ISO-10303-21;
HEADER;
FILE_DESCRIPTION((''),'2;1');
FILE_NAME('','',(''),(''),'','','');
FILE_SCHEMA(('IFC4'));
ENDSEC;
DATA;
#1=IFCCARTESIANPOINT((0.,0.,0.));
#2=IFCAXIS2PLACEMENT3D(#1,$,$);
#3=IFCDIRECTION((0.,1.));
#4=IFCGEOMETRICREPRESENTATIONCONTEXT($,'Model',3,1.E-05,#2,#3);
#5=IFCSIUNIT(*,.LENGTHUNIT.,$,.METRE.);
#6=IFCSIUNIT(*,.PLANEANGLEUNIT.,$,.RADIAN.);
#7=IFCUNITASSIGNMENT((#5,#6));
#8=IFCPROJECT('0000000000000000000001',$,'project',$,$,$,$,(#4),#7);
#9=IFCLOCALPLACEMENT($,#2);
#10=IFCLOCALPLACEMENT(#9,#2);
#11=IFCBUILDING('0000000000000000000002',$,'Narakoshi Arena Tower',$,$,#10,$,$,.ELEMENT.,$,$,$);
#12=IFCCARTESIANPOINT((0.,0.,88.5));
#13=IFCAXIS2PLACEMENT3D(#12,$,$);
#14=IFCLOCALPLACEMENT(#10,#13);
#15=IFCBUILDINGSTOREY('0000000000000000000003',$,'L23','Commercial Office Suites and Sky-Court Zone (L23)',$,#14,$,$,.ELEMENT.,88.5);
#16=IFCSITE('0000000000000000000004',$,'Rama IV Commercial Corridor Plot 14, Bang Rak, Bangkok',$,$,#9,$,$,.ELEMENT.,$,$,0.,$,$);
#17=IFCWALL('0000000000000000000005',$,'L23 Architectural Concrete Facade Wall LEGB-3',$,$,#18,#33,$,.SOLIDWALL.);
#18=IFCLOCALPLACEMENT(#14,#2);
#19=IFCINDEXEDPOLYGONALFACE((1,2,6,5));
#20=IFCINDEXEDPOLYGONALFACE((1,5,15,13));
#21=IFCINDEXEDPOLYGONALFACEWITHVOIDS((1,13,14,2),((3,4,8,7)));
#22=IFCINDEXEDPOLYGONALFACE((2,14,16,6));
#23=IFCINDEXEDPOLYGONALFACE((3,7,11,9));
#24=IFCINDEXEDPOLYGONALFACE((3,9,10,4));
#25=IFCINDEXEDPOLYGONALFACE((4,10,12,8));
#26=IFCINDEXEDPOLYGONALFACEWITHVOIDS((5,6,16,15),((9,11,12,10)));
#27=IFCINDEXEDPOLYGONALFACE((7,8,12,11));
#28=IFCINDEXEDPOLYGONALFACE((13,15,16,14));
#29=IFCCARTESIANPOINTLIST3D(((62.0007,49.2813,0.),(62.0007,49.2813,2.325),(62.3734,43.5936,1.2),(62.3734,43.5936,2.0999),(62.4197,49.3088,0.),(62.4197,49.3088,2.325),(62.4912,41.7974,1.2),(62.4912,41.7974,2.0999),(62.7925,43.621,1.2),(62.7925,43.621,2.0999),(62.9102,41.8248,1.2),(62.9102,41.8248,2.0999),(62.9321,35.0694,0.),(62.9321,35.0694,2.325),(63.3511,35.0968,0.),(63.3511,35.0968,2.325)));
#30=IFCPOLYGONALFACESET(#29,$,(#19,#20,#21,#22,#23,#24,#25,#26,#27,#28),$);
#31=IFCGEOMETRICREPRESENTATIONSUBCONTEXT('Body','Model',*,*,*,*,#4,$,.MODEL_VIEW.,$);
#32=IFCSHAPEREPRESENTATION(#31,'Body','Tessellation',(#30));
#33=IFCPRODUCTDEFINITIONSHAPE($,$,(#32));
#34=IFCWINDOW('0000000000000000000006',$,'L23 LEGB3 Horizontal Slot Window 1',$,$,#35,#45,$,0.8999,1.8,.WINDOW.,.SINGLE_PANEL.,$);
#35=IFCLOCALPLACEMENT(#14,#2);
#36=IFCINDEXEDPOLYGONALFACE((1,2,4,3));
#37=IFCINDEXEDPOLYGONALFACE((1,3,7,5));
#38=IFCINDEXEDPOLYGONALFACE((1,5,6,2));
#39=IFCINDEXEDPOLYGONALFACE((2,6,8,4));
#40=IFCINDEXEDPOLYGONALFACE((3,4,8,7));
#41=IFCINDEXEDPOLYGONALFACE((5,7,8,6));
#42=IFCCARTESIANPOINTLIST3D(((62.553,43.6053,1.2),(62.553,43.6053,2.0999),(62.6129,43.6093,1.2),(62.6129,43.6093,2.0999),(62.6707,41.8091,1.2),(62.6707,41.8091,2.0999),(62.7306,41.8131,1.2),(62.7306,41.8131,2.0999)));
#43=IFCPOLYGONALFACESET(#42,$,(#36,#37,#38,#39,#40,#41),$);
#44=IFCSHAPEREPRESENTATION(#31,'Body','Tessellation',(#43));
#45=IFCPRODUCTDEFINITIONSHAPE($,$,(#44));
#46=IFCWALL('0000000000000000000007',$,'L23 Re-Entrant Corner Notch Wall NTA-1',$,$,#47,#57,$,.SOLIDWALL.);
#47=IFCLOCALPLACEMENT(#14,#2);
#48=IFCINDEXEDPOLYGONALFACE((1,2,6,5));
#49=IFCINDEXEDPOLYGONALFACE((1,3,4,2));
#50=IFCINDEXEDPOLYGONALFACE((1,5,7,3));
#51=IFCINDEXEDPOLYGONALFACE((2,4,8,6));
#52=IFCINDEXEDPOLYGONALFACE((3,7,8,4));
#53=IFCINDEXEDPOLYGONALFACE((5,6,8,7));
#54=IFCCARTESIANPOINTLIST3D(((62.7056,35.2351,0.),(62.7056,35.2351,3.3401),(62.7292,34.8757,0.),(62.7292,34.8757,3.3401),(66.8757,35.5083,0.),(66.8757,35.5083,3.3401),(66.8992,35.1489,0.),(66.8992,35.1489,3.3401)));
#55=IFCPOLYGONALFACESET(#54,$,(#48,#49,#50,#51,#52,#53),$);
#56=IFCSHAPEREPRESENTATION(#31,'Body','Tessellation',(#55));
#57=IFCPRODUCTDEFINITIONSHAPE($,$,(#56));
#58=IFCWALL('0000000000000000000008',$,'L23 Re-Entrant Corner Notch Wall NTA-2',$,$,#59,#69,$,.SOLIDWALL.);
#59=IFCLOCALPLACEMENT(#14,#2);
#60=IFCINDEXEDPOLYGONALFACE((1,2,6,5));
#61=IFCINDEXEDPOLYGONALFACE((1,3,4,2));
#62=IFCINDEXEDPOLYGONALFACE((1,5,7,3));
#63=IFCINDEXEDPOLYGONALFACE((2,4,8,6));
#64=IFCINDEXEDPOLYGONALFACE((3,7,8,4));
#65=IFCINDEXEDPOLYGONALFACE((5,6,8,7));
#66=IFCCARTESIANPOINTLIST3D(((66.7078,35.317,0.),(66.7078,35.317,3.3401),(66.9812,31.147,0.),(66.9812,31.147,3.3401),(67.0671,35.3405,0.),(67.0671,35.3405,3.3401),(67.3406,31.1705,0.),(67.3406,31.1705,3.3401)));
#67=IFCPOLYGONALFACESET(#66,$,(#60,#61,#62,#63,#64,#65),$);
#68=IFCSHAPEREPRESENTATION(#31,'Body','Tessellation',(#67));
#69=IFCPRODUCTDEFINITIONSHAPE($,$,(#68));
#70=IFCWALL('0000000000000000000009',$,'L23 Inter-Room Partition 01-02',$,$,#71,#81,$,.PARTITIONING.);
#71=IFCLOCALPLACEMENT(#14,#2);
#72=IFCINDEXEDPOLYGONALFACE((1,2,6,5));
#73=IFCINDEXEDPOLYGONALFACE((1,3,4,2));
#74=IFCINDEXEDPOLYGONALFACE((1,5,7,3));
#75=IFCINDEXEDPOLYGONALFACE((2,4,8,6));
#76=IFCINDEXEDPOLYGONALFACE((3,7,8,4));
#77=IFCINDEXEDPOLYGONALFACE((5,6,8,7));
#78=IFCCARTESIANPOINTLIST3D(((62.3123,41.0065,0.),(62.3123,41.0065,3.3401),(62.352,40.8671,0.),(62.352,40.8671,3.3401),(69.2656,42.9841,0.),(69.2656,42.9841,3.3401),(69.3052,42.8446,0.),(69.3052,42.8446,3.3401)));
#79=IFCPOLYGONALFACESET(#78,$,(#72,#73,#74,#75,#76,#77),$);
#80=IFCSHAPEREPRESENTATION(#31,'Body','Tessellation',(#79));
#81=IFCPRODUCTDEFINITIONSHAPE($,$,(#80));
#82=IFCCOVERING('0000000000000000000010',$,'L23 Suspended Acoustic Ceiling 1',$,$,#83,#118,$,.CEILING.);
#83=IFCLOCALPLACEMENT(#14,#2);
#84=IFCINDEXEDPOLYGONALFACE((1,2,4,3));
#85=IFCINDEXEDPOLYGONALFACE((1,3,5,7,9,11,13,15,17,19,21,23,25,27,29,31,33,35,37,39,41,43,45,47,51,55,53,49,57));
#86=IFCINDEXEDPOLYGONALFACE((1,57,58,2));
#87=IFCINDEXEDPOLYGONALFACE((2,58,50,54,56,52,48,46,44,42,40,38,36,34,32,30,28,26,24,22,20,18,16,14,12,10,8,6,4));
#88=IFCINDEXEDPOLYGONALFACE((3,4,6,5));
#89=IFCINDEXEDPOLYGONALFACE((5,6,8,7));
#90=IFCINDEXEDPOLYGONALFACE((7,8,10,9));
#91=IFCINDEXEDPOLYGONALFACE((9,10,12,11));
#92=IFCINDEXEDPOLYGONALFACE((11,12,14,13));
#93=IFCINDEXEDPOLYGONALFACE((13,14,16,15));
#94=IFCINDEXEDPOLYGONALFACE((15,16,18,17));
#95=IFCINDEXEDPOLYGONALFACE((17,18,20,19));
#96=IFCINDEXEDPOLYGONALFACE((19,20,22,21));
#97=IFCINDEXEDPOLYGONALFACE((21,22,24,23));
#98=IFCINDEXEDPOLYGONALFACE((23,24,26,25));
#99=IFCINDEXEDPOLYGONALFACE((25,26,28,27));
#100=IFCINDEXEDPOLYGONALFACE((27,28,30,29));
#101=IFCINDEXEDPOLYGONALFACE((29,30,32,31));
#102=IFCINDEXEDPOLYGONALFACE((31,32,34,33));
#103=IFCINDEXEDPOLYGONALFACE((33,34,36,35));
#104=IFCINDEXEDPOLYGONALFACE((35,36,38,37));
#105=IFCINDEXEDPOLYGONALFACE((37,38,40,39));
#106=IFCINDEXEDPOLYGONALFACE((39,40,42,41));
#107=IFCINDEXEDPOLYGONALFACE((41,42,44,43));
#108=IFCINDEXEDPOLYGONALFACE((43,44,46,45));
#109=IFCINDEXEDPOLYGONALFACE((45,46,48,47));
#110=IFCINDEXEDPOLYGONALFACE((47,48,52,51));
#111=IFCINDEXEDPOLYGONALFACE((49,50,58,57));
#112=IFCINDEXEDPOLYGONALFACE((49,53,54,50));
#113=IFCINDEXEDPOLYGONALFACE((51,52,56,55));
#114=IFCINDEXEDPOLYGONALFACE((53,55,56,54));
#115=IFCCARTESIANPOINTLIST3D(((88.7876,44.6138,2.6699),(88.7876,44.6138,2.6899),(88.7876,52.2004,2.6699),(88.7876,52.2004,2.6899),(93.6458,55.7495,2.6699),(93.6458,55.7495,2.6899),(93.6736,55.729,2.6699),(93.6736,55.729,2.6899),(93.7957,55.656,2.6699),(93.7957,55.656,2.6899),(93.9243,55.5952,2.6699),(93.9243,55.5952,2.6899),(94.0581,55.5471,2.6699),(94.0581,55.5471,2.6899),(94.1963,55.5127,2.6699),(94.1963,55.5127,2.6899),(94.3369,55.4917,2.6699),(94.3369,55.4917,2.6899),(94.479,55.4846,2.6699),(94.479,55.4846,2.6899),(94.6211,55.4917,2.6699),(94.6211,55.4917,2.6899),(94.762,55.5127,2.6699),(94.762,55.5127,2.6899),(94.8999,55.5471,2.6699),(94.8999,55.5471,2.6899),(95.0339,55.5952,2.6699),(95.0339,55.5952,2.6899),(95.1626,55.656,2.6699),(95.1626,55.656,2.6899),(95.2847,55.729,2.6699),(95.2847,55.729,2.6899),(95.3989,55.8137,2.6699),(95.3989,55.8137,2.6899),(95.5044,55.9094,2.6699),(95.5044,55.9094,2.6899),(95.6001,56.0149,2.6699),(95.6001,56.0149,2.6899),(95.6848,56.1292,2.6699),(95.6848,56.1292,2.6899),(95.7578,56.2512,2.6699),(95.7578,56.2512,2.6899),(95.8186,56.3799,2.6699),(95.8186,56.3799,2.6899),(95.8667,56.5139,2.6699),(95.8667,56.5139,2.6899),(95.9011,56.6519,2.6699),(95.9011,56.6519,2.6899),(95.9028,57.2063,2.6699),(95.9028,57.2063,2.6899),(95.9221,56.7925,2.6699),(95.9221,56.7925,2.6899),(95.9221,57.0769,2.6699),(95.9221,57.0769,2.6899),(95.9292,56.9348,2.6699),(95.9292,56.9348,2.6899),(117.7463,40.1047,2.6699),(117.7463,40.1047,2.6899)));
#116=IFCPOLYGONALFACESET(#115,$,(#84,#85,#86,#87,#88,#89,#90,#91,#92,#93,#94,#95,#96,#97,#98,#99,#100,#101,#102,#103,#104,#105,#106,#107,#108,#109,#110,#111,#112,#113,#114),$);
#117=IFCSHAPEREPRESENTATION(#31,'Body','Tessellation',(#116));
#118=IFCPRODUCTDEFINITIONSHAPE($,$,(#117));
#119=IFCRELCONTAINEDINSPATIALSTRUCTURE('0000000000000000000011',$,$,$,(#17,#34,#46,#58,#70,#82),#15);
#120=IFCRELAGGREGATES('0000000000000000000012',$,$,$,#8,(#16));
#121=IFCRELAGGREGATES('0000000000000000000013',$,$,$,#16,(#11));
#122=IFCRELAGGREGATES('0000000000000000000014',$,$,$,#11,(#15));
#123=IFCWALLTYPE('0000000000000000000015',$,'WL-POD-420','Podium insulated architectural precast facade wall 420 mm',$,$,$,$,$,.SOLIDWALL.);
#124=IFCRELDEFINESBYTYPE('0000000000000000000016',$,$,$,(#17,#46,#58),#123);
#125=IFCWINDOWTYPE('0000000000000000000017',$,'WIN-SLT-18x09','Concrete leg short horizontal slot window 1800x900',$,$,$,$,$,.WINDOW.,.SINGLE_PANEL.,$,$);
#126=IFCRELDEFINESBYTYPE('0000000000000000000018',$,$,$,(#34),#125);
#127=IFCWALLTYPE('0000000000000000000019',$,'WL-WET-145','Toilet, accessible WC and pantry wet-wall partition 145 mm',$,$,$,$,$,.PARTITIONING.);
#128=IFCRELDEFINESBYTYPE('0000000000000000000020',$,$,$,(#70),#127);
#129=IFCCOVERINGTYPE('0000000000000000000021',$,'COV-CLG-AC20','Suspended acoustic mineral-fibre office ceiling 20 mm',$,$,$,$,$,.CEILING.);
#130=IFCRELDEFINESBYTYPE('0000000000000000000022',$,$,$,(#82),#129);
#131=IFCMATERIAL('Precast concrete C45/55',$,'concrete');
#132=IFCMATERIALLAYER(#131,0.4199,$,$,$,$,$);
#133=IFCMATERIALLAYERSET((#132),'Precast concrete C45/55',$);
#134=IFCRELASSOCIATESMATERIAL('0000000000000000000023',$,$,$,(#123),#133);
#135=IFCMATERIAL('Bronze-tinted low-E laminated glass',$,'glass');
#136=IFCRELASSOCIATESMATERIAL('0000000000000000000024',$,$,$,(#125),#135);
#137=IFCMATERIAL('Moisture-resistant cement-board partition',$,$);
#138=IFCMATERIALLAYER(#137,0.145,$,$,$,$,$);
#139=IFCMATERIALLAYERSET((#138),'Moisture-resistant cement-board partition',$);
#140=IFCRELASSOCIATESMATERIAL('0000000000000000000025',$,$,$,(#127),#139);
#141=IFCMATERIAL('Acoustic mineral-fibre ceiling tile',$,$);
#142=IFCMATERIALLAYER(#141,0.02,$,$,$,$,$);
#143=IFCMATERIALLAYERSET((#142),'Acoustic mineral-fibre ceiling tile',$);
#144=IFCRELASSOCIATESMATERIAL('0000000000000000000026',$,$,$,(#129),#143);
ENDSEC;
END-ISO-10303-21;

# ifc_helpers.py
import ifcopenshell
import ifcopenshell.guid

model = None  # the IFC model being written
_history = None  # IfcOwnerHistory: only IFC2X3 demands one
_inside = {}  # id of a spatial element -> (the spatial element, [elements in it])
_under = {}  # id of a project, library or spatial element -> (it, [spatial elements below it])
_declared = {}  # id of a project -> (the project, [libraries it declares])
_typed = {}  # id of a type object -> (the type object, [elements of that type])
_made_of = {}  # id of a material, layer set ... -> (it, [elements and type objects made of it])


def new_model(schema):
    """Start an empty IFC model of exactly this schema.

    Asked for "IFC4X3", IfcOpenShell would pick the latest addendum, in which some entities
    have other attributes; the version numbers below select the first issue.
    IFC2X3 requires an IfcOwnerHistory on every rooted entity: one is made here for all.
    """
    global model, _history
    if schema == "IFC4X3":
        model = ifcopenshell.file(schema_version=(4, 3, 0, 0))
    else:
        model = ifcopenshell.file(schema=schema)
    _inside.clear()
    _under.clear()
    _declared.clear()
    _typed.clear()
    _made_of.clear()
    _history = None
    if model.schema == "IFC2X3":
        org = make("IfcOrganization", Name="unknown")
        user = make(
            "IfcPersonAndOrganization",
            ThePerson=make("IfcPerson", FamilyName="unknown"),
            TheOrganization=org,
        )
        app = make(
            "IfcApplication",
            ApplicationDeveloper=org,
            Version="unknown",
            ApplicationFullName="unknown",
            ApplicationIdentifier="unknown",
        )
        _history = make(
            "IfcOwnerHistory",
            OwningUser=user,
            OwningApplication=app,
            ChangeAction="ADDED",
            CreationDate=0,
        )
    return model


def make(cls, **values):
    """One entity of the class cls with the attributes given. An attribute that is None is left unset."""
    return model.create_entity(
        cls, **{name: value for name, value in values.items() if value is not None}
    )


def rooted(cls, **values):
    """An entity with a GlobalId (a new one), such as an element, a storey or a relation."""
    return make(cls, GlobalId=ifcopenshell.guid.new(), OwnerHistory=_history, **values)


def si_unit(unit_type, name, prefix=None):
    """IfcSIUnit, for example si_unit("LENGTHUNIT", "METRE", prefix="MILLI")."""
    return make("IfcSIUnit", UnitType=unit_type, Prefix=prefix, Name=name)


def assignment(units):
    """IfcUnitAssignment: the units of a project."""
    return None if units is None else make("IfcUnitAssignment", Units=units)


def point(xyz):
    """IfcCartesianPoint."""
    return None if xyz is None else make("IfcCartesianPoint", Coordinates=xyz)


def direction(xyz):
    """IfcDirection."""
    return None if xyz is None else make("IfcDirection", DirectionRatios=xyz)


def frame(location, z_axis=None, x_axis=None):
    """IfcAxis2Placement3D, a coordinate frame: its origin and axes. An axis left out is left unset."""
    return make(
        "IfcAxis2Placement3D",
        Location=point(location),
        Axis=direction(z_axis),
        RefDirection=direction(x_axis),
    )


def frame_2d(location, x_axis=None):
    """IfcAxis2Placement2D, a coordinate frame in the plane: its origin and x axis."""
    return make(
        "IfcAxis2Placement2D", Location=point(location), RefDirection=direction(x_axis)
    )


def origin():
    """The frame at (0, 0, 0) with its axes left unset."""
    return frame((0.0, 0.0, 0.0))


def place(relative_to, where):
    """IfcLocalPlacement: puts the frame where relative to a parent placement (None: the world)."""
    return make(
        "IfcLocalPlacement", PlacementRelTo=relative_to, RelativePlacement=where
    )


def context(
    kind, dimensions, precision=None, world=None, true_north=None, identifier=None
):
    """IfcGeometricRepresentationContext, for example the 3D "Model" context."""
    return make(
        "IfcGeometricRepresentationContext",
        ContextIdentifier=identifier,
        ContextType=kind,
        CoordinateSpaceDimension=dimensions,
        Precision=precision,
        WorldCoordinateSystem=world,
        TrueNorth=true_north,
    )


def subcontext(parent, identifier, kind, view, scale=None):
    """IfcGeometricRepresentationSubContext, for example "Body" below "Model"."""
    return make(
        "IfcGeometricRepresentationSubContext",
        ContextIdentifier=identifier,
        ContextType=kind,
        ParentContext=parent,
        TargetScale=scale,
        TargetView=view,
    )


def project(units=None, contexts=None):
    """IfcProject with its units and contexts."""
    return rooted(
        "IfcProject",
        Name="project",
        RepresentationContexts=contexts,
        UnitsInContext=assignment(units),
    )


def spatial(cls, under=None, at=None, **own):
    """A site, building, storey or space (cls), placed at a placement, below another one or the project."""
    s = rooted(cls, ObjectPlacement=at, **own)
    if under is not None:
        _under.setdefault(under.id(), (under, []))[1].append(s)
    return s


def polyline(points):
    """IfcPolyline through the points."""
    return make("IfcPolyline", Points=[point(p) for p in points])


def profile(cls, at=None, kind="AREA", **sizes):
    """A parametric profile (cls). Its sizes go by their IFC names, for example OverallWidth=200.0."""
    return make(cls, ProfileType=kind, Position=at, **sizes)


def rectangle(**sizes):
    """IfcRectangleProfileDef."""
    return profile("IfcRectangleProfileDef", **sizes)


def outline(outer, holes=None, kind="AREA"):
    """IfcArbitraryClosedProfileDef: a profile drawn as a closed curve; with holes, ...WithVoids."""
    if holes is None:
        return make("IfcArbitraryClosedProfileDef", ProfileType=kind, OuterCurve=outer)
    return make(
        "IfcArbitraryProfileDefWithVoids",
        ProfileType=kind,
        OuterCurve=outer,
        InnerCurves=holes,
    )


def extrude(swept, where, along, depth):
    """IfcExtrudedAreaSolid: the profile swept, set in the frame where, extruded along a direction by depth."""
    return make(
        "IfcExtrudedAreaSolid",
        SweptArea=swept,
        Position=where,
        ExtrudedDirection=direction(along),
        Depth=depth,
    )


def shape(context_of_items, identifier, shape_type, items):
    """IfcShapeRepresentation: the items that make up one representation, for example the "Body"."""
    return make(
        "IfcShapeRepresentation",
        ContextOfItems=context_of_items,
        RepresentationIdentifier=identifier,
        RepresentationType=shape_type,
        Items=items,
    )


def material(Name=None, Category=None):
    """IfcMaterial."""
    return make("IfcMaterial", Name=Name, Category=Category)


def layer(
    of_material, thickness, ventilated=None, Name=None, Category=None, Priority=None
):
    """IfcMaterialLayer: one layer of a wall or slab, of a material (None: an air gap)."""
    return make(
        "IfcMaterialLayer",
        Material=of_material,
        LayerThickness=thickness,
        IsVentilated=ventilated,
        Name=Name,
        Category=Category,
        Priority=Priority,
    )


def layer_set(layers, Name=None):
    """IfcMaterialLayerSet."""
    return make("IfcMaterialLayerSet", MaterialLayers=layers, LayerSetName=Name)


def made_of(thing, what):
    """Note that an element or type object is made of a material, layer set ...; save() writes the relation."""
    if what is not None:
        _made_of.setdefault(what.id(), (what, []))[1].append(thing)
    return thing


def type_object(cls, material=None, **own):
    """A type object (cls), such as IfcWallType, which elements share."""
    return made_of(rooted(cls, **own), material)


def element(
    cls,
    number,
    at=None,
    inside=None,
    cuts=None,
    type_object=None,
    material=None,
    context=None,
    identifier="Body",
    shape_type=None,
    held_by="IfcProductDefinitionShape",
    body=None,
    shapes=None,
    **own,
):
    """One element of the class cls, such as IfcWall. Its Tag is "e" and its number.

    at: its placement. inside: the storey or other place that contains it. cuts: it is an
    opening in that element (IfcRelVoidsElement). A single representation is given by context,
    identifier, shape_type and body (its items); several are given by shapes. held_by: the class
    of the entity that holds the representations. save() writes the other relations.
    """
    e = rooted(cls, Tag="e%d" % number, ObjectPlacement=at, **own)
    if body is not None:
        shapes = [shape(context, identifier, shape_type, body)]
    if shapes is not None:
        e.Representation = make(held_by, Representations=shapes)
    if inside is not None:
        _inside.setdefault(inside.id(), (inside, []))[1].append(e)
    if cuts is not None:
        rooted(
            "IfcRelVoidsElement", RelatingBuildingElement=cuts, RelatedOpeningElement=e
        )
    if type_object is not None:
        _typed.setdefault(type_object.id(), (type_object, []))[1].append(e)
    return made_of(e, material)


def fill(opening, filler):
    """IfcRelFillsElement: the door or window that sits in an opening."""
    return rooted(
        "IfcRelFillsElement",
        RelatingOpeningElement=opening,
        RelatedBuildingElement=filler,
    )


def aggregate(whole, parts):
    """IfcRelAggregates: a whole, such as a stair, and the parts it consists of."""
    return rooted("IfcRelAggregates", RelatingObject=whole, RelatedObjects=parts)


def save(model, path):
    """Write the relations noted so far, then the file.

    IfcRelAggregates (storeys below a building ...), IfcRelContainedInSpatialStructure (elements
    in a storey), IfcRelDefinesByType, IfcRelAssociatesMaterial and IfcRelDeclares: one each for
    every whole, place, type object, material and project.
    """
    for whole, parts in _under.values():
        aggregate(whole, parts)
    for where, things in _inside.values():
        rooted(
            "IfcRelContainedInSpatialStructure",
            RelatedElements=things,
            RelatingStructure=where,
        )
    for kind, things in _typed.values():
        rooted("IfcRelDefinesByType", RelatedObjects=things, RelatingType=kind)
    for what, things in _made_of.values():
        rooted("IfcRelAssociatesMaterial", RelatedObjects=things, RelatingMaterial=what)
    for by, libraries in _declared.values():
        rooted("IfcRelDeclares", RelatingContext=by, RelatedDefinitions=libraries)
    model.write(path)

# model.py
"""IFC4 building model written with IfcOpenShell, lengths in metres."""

from ifc_helpers import new_model, si_unit, direction, frame, frame_2d, origin, place, context, subcontext, project, spatial, polyline, rectangle, outline, extrude, material, layer, layer_set, type_object, element, fill, save


model = new_model("IFC4")

# Units and contexts
model_context = context("Model", 3, precision=1e-05, world=origin(), true_north=direction((0.0, 1.0)))
body_context = subcontext(model_context, "Body", "Model", "MODEL_VIEW")
ifc_project = project(units=[si_unit("LENGTHUNIT", "METRE"), si_unit("PLANEANGLEUNIT", "RADIAN")], contexts=[model_context])

# Site, building, storey
site_placement = place(None, origin())
site = spatial("IfcSite", under=ifc_project, at=site_placement, Name="Rama IV Commercial Corridor Plot 14, Bang Rak, Bangkok", CompositionType="ELEMENT", RefElevation=0.0)
building_placement = place(site_placement, origin())
building = spatial("IfcBuilding", under=site, at=building_placement, Name="Narakoshi Arena Tower", CompositionType="ELEMENT")
storey_placement = place(building_placement, frame((0.0, 0.0, 88.5)))
storey = spatial("IfcBuildingStorey", under=building, at=storey_placement, Name="L23", Description="Commercial Office Suites and Sky-Court Zone (L23)", CompositionType="ELEMENT", Elevation=88.5)

# Wall, opening, window
ifc_material_1 = material(Name="Precast concrete C45/55", Category="concrete")
ifc_layer_1 = layer(ifc_material_1, 0.4199)
ifc_layer_set_1 = layer_set([ifc_layer_1], Name="Precast concrete C45/55")
wall_type_1 = type_object("IfcWallType", Name="WL-POD-420", Description="Podium insulated architectural precast facade wall 420 mm", PredefinedType="SOLIDWALL", material=ifc_layer_set_1)
ifc_material_2 = material(Name="Bronze-tinted low-E laminated glass", Category="glass")
wall_1_placement = place(storey_placement, frame((62.2102, 49.2949, 0.0), z_axis=(0.0, 0.0, 1.0), x_axis=(0.065396, -0.997859, 0.0)))
wall_1 = element("IfcWall", 1, at=wall_1_placement, inside=storey, type_object=wall_type_1, Name="L23 Architectural Concrete Facade Wall LEGB-3", PredefinedType="SOLIDWALL", context=body_context, shape_type="SweptSolid", body=[
    extrude(rectangle(XDim=14.2424, YDim=0.4199, at=frame_2d((7.1211, 0.0))), origin(), (0.0, 0.0, 1.0), 2.325),
])
opening_1_placement = place(wall_1_placement, frame((5.7, 0.0, 1.2)))
opening_1 = element("IfcOpeningElement", 2, at=opening_1_placement, cuts=wall_1, PredefinedType="OPENING", context=body_context, shape_type="SweptSolid", body=[
    extrude(rectangle(XDim=1.8, YDim=0.8999, at=frame_2d((0.8999, 0.45))), frame((0.0, 0.22, 0.0), z_axis=(0.0, -1.0, 0.0), x_axis=(1.0, 0.0, 0.0)), (0.0, 0.0, 1.0), 0.4399),
])
window_type_1 = type_object("IfcWindowType", Name="WIN-SLT-18x09", Description="Concrete leg short horizontal slot window 1800x900", PartitioningType="SINGLE_PANEL", PredefinedType="WINDOW", material=ifc_material_2)
window_1_placement = place(opening_1_placement, origin())
window_1 = element("IfcWindow", 3, at=window_1_placement, inside=storey, type_object=window_type_1, Name="L23 LEGB3 Horizontal Slot Window 1", OverallHeight=0.8999, OverallWidth=1.8, PartitioningType="SINGLE_PANEL", PredefinedType="WINDOW", context=body_context, shape_type="SweptSolid", body=[
    extrude(rectangle(XDim=1.8, YDim=0.8999, at=frame_2d((0.8999, 0.45))), frame((0.0, 0.03, 0.0), z_axis=(0.0, -1.0, 0.0), x_axis=(1.0, 0.0, 0.0)), (0.0, 0.0, 1.0), 0.0601),
])
fill(opening_1, window_1)

# Walls
for number, where, z_axis, x_axis, name in (
    (4, (62.7175, 35.0554, 0.0), (0.0, 0.0, 1.0), (0.997861, 0.065375, 0.0), "L23 Re-Entrant Corner Notch Wall NTA-1"),
    (5, (66.8875, 35.3286, 0.0), (0.0, 0.0, 1.0), (0.065433, -0.997857, 0.0), "L23 Re-Entrant Corner Notch Wall NTA-2"),
):
    element("IfcWall", number, at=place(storey_placement, frame(where, z_axis=z_axis, x_axis=x_axis)), inside=storey, type_object=wall_type_1, Name=name, PredefinedType="SOLIDWALL", context=body_context, shape_type="SweptSolid", body=[
        extrude(rectangle(XDim=4.179, YDim=0.3601, at=frame_2d((2.0894, 0.0))), origin(), (0.0, 0.0, 1.0), 3.3401),
    ])
ifc_material_3 = material(Name="Moisture-resistant cement-board partition")
ifc_layer_2 = layer(ifc_material_3, 0.145)
ifc_layer_set_2 = layer_set([ifc_layer_2], Name="Moisture-resistant cement-board partition")
wall_type_2 = type_object("IfcWallType", Name="WL-WET-145", Description="Toilet, accessible WC and pantry wet-wall partition 145 mm", PredefinedType="PARTITIONING", material=ifc_layer_set_2)
wall_2_placement = place(storey_placement, frame((69.2854, 42.9143, 0.0), z_axis=(0.0, 0.0, 1.0), x_axis=(-0.961857, -0.273552, 0.0)))
element("IfcWall", 6, at=wall_2_placement, inside=storey, type_object=wall_type_2, Name="L23 Inter-Room Partition 01-02", PredefinedType="PARTITIONING", context=body_context, shape_type="SweptSolid", body=[
    extrude(rectangle(XDim=7.229, YDim=0.145, at=frame_2d((3.6145, 0.0))), origin(), (0.0, 0.0, 1.0), 3.3401),
])

# Covering
ifc_material_4 = material(Name="Acoustic mineral-fibre ceiling tile")
ifc_layer_3 = layer(ifc_material_4, 0.02)
ifc_layer_set_3 = layer_set([ifc_layer_3], Name="Acoustic mineral-fibre ceiling tile")
covering_type_1 = type_object("IfcCoveringType", Name="COV-CLG-AC20", Description="Suspended acoustic mineral-fibre office ceiling 20 mm", PredefinedType="CEILING", material=ifc_layer_set_3)
covering_1_placement = place(storey_placement, frame((0.0, 0.0, 2.6699)))
element("IfcCovering", 7, at=covering_1_placement, inside=storey, type_object=covering_type_1, Name="L23 Suspended Acoustic Ceiling 1", PredefinedType="CEILING", context=body_context, shape_type="SweptSolid", body=[
    extrude(outline(polyline([(88.7876, 44.6138), (88.7876, 52.2004), (93.6458, 55.7495), (93.6736, 55.729), (93.7957, 55.656), (93.9243, 55.5952), (94.0581, 55.5471), (94.1963, 55.5127), (94.3369, 55.4917), (94.479, 55.4846), (94.6211, 55.4917), (94.762, 55.5127), (94.8999, 55.5471), (95.0339, 55.5952), (95.1626, 55.656), (95.2847, 55.729), (95.3989, 55.8137), (95.5044, 55.9094), (95.6001, 56.0149), (95.6848, 56.1292), (95.7578, 56.2512), (95.8186, 56.3799), (95.8667, 56.5139), (95.9011, 56.6519), (95.9221, 56.7925), (95.9292, 56.9348), (95.9221, 57.0769), (95.9028, 57.2063), (117.7463, 40.1047), (88.7876, 44.6138)])), origin(), (0.0, 0.0, 1.0), 0.02),
])

save(model, "model.ifc")
